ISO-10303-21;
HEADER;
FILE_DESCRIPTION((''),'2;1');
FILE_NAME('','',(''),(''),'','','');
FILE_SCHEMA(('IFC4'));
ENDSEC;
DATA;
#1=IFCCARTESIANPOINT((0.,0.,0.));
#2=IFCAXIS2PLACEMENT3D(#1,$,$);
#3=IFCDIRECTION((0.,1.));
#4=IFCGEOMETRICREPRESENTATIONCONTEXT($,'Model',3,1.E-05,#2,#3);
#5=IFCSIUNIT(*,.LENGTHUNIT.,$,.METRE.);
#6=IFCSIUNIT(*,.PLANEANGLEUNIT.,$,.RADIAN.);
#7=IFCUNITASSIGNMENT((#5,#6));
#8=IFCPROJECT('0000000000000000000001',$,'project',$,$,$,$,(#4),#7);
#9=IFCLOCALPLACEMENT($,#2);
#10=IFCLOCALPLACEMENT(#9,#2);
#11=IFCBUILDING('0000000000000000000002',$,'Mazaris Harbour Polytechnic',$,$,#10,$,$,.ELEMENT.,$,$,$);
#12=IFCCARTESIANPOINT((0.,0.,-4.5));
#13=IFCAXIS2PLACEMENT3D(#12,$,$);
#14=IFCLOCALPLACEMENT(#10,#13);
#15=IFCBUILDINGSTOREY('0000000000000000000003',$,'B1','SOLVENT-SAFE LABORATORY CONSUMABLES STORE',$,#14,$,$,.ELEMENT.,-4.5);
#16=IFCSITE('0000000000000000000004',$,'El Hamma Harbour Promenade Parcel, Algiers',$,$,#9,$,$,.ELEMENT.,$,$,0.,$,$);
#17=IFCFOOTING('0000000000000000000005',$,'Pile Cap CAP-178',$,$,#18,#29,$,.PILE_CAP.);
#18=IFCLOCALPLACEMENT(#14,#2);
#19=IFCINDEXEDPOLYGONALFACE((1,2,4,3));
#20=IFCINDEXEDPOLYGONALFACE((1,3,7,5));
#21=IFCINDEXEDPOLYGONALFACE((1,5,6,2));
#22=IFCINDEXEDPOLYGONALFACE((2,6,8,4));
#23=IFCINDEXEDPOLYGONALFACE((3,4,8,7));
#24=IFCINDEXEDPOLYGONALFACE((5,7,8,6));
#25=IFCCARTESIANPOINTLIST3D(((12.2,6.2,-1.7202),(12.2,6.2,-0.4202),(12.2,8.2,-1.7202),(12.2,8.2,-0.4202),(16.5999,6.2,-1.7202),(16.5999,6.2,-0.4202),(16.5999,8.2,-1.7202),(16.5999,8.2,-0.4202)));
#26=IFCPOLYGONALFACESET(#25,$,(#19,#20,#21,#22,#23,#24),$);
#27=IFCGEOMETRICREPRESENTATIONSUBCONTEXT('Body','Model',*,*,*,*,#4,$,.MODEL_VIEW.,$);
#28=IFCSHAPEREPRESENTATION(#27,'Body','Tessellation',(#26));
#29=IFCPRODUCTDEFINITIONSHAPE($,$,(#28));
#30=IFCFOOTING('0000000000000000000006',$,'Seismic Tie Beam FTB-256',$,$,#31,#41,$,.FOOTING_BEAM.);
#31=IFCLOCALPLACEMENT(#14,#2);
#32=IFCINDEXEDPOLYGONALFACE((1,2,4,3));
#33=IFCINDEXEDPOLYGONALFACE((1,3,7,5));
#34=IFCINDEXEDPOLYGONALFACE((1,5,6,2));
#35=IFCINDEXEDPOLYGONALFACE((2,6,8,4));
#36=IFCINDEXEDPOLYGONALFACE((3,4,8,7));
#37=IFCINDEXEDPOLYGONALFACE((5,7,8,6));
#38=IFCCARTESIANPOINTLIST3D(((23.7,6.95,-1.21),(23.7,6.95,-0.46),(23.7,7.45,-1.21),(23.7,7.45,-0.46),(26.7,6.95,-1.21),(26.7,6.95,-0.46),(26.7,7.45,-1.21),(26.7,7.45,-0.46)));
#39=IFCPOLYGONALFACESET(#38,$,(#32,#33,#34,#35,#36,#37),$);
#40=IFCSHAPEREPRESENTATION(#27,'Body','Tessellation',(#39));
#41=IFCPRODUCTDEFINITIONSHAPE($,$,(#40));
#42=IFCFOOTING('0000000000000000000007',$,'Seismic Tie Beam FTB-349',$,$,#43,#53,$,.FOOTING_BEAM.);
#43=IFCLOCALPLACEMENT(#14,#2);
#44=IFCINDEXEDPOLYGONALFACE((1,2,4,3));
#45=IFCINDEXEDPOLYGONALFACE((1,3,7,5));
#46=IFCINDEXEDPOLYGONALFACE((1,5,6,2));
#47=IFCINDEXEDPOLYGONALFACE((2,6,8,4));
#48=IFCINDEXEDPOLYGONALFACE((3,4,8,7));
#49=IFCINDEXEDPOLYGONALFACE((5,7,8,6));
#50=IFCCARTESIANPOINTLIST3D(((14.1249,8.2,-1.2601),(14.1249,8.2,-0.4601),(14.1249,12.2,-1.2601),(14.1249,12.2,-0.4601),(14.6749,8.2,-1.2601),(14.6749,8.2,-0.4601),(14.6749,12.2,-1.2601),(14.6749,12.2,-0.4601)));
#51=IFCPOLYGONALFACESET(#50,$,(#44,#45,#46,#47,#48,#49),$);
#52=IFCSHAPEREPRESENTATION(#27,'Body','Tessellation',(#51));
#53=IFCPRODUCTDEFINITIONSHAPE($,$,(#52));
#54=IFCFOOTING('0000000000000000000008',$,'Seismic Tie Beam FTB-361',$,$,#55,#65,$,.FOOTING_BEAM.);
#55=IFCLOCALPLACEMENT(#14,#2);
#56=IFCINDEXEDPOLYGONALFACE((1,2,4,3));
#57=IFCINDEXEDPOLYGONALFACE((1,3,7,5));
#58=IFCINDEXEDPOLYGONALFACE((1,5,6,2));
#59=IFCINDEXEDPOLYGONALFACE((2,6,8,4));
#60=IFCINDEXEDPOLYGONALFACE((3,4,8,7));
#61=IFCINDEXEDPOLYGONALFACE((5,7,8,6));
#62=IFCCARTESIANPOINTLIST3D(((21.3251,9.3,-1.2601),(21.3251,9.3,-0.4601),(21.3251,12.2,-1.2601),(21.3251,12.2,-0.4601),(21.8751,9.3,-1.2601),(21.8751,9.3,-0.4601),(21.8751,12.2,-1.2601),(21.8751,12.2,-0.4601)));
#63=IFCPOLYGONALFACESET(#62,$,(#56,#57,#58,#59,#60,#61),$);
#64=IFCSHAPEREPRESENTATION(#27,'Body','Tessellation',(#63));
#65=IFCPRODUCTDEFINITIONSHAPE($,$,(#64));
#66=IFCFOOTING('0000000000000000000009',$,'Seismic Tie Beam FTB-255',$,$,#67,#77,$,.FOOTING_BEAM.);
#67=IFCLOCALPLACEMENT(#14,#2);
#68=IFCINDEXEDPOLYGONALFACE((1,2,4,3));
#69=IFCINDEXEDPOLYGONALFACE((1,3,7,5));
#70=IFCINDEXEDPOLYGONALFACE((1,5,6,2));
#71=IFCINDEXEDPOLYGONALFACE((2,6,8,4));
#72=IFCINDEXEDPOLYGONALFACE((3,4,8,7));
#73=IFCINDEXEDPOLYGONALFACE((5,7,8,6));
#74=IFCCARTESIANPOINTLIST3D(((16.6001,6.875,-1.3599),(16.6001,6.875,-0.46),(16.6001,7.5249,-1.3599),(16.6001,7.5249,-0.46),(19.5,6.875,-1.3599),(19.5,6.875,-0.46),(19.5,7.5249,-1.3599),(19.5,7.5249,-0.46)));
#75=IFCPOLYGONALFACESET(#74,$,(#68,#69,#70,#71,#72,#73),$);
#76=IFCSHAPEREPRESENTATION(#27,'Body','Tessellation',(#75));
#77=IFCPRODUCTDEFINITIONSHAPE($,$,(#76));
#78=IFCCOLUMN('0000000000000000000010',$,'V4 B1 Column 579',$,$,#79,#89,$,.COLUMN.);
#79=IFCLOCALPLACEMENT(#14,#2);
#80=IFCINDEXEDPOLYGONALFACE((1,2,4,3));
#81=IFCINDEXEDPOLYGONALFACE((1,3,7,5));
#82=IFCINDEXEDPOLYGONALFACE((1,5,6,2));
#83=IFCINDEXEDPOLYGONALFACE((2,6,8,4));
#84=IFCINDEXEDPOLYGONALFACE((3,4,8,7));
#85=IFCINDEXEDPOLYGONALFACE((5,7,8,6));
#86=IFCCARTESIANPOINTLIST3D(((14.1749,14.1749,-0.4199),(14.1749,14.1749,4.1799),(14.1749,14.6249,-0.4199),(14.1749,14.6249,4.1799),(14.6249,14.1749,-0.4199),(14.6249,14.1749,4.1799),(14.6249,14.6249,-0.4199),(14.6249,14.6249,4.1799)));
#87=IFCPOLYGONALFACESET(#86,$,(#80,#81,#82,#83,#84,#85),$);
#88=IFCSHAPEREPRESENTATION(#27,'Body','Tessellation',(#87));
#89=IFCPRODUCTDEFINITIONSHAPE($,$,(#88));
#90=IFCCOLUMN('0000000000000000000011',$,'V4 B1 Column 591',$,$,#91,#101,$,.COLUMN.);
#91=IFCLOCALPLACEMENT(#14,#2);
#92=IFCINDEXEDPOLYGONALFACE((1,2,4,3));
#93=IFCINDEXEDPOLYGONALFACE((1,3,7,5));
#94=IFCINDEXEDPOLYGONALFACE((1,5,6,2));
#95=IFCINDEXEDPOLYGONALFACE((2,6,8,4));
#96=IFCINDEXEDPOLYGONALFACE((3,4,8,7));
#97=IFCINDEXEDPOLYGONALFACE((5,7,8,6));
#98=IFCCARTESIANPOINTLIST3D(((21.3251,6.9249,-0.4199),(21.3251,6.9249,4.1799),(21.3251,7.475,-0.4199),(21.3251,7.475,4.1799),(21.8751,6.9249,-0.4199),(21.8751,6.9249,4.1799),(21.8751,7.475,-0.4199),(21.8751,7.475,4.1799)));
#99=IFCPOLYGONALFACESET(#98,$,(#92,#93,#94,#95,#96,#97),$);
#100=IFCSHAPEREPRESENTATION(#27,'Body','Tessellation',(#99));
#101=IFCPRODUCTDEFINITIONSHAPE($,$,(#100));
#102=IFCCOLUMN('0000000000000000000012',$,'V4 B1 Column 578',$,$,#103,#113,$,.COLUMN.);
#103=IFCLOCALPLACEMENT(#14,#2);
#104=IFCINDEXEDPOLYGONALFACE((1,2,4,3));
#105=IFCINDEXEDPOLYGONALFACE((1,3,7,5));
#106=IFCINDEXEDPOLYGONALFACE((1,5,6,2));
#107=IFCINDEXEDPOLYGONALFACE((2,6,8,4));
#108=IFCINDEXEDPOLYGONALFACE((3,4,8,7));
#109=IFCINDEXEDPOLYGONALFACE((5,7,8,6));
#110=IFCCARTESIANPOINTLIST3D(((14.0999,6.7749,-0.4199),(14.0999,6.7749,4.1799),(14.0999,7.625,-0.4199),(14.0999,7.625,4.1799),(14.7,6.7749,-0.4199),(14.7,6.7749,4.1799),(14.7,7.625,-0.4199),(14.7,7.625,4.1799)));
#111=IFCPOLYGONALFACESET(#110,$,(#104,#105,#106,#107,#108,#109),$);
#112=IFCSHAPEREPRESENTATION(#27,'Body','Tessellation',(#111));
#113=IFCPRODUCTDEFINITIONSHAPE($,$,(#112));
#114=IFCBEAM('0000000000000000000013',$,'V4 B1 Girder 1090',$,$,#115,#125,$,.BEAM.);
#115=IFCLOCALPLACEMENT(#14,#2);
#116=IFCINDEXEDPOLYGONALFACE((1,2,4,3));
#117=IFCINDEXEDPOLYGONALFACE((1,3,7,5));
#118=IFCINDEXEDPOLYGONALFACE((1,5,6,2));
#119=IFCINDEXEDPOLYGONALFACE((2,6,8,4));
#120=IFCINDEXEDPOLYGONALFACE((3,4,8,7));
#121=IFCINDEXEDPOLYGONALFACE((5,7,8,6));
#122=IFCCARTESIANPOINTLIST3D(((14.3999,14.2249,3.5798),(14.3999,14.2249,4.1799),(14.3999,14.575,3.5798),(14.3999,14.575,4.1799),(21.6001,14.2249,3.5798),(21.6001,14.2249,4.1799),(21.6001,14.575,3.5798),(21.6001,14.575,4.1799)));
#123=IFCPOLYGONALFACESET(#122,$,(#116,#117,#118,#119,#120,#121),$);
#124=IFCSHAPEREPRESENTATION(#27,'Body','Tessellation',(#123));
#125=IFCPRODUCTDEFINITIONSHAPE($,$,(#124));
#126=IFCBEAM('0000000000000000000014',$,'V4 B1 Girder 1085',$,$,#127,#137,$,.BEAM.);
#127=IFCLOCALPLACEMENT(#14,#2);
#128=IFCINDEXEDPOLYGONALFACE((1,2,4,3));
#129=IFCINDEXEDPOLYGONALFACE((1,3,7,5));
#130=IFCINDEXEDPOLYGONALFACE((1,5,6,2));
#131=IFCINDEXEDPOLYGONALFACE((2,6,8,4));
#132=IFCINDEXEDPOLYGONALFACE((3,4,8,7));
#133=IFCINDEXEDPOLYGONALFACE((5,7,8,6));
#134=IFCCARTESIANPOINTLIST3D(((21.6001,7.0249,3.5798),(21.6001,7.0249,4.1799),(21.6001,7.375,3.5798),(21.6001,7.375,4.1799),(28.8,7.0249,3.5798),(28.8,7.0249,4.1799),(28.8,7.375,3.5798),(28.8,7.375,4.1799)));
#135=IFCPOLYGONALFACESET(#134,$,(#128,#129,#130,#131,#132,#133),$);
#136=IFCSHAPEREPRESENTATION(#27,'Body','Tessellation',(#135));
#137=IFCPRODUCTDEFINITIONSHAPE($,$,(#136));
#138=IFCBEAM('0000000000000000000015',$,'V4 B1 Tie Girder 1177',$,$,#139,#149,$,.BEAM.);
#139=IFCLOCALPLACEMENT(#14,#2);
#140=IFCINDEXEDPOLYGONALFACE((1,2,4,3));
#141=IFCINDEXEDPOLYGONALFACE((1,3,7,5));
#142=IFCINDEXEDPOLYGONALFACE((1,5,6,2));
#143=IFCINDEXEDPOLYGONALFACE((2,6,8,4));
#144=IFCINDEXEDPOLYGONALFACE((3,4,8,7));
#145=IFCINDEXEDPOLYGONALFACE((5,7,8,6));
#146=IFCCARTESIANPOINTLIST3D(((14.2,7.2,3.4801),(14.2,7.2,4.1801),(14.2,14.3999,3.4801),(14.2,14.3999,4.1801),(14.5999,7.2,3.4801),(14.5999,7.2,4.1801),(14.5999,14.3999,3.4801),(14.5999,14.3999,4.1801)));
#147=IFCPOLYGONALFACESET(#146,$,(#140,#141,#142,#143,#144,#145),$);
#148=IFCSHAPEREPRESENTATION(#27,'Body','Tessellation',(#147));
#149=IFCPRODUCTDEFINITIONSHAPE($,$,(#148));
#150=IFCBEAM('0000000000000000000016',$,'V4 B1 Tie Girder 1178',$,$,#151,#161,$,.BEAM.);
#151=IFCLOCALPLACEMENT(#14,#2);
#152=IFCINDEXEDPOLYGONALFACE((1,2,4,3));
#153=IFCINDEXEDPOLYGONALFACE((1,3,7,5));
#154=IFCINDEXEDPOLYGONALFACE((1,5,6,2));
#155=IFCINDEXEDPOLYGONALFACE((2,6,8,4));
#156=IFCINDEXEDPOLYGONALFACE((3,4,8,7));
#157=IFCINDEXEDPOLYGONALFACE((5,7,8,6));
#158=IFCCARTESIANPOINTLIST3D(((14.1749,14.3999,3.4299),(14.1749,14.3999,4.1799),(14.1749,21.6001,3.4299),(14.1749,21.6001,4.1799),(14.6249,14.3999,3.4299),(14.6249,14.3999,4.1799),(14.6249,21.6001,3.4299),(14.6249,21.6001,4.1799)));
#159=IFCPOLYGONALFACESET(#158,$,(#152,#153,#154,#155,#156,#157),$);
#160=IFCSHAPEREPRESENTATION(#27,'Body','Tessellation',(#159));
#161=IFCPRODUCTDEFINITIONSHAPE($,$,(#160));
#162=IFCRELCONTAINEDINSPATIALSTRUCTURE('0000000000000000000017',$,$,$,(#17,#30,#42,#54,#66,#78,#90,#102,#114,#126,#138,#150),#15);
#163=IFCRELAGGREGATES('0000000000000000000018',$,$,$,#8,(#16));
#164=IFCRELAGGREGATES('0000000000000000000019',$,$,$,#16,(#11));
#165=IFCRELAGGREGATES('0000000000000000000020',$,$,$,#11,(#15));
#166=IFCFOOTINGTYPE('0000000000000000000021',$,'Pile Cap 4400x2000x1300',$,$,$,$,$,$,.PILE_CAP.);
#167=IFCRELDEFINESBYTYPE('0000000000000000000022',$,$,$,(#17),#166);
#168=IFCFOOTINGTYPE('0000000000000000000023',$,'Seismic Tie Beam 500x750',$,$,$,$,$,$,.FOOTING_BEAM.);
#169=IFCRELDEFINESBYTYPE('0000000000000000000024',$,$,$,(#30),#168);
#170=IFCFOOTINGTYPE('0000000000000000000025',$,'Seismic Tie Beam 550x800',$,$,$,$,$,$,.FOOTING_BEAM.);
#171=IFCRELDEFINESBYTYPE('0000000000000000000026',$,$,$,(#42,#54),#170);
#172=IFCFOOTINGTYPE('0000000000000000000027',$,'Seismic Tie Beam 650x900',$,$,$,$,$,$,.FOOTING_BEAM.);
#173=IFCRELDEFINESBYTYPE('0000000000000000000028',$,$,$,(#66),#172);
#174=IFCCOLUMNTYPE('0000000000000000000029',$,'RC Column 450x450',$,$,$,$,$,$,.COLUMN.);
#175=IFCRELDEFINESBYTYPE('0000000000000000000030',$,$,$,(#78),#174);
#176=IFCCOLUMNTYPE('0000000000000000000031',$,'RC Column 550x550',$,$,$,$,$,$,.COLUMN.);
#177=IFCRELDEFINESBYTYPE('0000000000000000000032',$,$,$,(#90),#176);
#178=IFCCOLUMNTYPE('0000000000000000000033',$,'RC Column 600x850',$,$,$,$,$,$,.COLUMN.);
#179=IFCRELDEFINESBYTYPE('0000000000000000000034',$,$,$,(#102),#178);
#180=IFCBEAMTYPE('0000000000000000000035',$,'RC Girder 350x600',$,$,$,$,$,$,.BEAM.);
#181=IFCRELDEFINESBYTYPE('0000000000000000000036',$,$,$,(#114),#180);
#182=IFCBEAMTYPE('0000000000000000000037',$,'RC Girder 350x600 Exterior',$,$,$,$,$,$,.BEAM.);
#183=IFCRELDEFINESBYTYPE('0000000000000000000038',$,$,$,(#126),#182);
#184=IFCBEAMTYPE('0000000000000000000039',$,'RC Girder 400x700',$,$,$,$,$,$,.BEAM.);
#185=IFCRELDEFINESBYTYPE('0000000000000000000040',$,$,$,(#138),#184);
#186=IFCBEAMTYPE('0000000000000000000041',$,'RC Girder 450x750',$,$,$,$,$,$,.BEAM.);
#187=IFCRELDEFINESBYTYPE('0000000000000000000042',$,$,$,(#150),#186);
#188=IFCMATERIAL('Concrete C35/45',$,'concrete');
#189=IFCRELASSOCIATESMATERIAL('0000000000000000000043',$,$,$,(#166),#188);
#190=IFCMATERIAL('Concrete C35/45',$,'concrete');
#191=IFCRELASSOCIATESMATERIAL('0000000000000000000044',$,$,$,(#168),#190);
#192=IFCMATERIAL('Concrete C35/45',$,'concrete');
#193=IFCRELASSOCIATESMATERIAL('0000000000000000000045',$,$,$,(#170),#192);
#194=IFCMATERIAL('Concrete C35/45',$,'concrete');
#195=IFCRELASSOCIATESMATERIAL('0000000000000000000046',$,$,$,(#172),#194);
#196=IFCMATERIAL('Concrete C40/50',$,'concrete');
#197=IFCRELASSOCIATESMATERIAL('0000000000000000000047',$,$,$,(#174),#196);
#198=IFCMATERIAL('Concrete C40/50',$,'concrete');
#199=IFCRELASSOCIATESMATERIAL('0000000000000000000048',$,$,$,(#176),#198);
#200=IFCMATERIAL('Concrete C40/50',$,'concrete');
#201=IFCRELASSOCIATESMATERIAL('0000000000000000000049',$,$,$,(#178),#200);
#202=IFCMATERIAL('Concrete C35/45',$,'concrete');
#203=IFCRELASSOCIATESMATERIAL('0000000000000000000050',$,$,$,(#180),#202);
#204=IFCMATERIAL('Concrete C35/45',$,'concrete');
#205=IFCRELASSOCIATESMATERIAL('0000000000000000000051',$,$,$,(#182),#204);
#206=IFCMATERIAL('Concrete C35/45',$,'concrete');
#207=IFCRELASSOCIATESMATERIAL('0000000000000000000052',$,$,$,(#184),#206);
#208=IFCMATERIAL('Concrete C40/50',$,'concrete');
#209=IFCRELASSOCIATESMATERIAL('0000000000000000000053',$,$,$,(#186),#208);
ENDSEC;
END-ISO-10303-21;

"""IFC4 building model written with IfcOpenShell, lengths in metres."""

from ifc_helpers import new_model, si_unit, direction, frame, origin, origin_2d, place, context, subcontext, project, spatial, rectangle, extrude, material, material_profile, profile_set, type_object, element, save


model = new_model("IFC4")

# Units and contexts
model_context = context("Model", 3, precision=1e-05, world=origin(), true_north=direction((0.0, 1.0)))
body_context = subcontext(model_context, "Body", "Model", "MODEL_VIEW")
ifc_project = project(units=[si_unit("LENGTHUNIT", "METRE"), si_unit("PLANEANGLEUNIT", "RADIAN")], contexts=[model_context])

# Site, building, storey
site_placement = place(None, origin())
site = spatial("IfcSite", under=ifc_project, at=site_placement, Name="El Hamma Harbour Promenade Parcel, Algiers", CompositionType="ELEMENT", RefElevation=0.0)
building_placement = place(site_placement, origin())
building = spatial("IfcBuilding", under=site, at=building_placement, Name="Mazaris Harbour Polytechnic", CompositionType="ELEMENT")
storey_placement = place(building_placement, frame((0.0, 0.0, -4.5)))
storey = spatial("IfcBuildingStorey", under=building, at=storey_placement, Name="B1", Description="SOLVENT-SAFE LABORATORY CONSUMABLES STORE", CompositionType="ELEMENT", Elevation=-4.5)

# Footings
ifc_material_1 = material(Name="Concrete C35/45", Category="concrete")
footing_type_1 = type_object("IfcFootingType", Name="Pile Cap 4400x2000x1300", PredefinedType="PILE_CAP", material=ifc_material_1)
footing_1_placement = place(storey_placement, frame((14.3999, 7.2, -1.7202), z_axis=(0.0, 0.0, 1.0), x_axis=(1.0, 0.0, 0.0)))
element("IfcFooting", 1, at=footing_1_placement, inside=storey, type_object=footing_type_1, Name="Pile Cap CAP-178", PredefinedType="PILE_CAP", context=body_context, shape_type="SweptSolid", body=[
    extrude(rectangle(XDim=4.3999, YDim=2.0, at=origin_2d()), origin(), (0.0, 0.0, 1.0), 1.3),
])
ifc_material_2 = material(Name="Concrete C35/45", Category="concrete")
ifc_material_profile_1 = material_profile(ifc_material_2, rectangle(XDim=0.5, YDim=0.75, at=origin_2d()), Name="RECT500x750")
ifc_profile_set_1 = profile_set([ifc_material_profile_1], Name="Concrete C35/45")
footing_type_2 = type_object("IfcFootingType", Name="Seismic Tie Beam 500x750", PredefinedType="FOOTING_BEAM", material=ifc_profile_set_1)
footing_2_placement = place(storey_placement, frame((23.7, 7.2, -0.835), z_axis=(1.0, 0.0, 0.0), x_axis=(0.0, 1.0, 0.0)))
element("IfcFooting", 2, at=footing_2_placement, inside=storey, type_object=footing_type_2, Name="Seismic Tie Beam FTB-256", PredefinedType="FOOTING_BEAM", context=body_context, shape_type="SweptSolid", body=[
    extrude(rectangle(XDim=0.5, YDim=0.75, at=origin_2d()), origin(), (0.0, 0.0, 1.0), 3.0),
])
ifc_material_3 = material(Name="Concrete C35/45", Category="concrete")
ifc_material_profile_2 = material_profile(ifc_material_3, rectangle(XDim=0.55, YDim=0.8, at=origin_2d()), Name="RECT550x800")
ifc_profile_set_2 = profile_set([ifc_material_profile_2], Name="Concrete C35/45")
footing_type_3 = type_object("IfcFootingType", Name="Seismic Tie Beam 550x800", PredefinedType="FOOTING_BEAM", material=ifc_profile_set_2)
footing_3_placement = place(storey_placement, frame((14.3999, 8.2, -0.8601), z_axis=(0.0, 1.0, 0.0), x_axis=(-1.0, 0.0, 0.0)))
element("IfcFooting", 3, at=footing_3_placement, inside=storey, type_object=footing_type_3, Name="Seismic Tie Beam FTB-349", PredefinedType="FOOTING_BEAM", context=body_context, shape_type="SweptSolid", body=[
    extrude(rectangle(XDim=0.55, YDim=0.8, at=origin_2d()), origin(), (0.0, 0.0, 1.0), 4.0),
])
footing_4_placement = place(storey_placement, frame((21.6001, 9.3, -0.8601), z_axis=(0.0, 1.0, 0.0), x_axis=(-1.0, 0.0, 0.0)))
element("IfcFooting", 4, at=footing_4_placement, inside=storey, type_object=footing_type_3, Name="Seismic Tie Beam FTB-361", PredefinedType="FOOTING_BEAM", context=body_context, shape_type="SweptSolid", body=[
    extrude(rectangle(XDim=0.55, YDim=0.8, at=origin_2d()), origin(), (0.0, 0.0, 1.0), 2.8999),
])
ifc_material_4 = material(Name="Concrete C35/45", Category="concrete")
ifc_material_profile_3 = material_profile(ifc_material_4, rectangle(XDim=0.6499, YDim=0.8999, at=origin_2d()), Name="RECT650x900")
ifc_profile_set_3 = profile_set([ifc_material_profile_3], Name="Concrete C35/45")
footing_type_4 = type_object("IfcFootingType", Name="Seismic Tie Beam 650x900", PredefinedType="FOOTING_BEAM", material=ifc_profile_set_3)
footing_5_placement = place(storey_placement, frame((16.6001, 7.2, -0.9099), z_axis=(1.0, 0.0, 0.0), x_axis=(0.0, 1.0, 0.0)))
element("IfcFooting", 5, at=footing_5_placement, inside=storey, type_object=footing_type_4, Name="Seismic Tie Beam FTB-255", PredefinedType="FOOTING_BEAM", context=body_context, shape_type="SweptSolid", body=[
    extrude(rectangle(XDim=0.6499, YDim=0.8999, at=origin_2d()), origin(), (0.0, 0.0, 1.0), 2.8999),
])

# Columns
ifc_material_5 = material(Name="Concrete C40/50", Category="concrete")
ifc_material_profile_4 = material_profile(ifc_material_5, rectangle(XDim=0.45, YDim=0.45, at=origin_2d()), Name="RECT450x450")
ifc_profile_set_4 = profile_set([ifc_material_profile_4], Name="Concrete C40/50")
column_type_1 = type_object("IfcColumnType", Name="RC Column 450x450", PredefinedType="COLUMN", material=ifc_profile_set_4)
column_1_placement = place(storey_placement, frame((14.3999, 14.3999, -0.4199), z_axis=(0.0, 0.0, 1.0), x_axis=(1.0, 0.0, 0.0)))
element("IfcColumn", 6, at=column_1_placement, inside=storey, type_object=column_type_1, Name="V4 B1 Column 579", PredefinedType="COLUMN", context=body_context, shape_type="SweptSolid", body=[
    extrude(rectangle(XDim=0.45, YDim=0.45, at=origin_2d()), origin(), (0.0, 0.0, 1.0), 4.5999),
])
ifc_material_6 = material(Name="Concrete C40/50", Category="concrete")
ifc_material_profile_5 = material_profile(ifc_material_6, rectangle(XDim=0.55, YDim=0.55, at=origin_2d()), Name="RECT550x550")
ifc_profile_set_5 = profile_set([ifc_material_profile_5], Name="Concrete C40/50")
column_type_2 = type_object("IfcColumnType", Name="RC Column 550x550", PredefinedType="COLUMN", material=ifc_profile_set_5)
column_2_placement = place(storey_placement, frame((21.6001, 7.2, -0.4199), z_axis=(0.0, 0.0, 1.0), x_axis=(1.0, 0.0, 0.0)))
element("IfcColumn", 7, at=column_2_placement, inside=storey, type_object=column_type_2, Name="V4 B1 Column 591", PredefinedType="COLUMN", context=body_context, shape_type="SweptSolid", body=[
    extrude(rectangle(XDim=0.55, YDim=0.55, at=origin_2d()), origin(), (0.0, 0.0, 1.0), 4.5999),
])
ifc_material_7 = material(Name="Concrete C40/50", Category="concrete")
ifc_material_profile_6 = material_profile(ifc_material_7, rectangle(XDim=0.6001, YDim=0.8501, at=origin_2d()), Name="RECT600x850")
ifc_profile_set_6 = profile_set([ifc_material_profile_6], Name="Concrete C40/50")
column_type_3 = type_object("IfcColumnType", Name="RC Column 600x850", PredefinedType="COLUMN", material=ifc_profile_set_6)
column_3_placement = place(storey_placement, frame((14.3999, 7.2, -0.4199), z_axis=(0.0, 0.0, 1.0), x_axis=(1.0, 0.0, 0.0)))
element("IfcColumn", 8, at=column_3_placement, inside=storey, type_object=column_type_3, Name="V4 B1 Column 578", PredefinedType="COLUMN", context=body_context, shape_type="SweptSolid", body=[
    extrude(rectangle(XDim=0.6001, YDim=0.8501, at=origin_2d()), origin(), (0.0, 0.0, 1.0), 4.5999),
])

# Beams
ifc_material_8 = material(Name="Concrete C35/45", Category="concrete")
ifc_material_profile_7 = material_profile(ifc_material_8, rectangle(XDim=0.3501, YDim=0.6001, at=origin_2d()), Name="RECT350x600")
ifc_profile_set_7 = profile_set([ifc_material_profile_7], Name="Concrete C35/45")
beam_type_1 = type_object("IfcBeamType", Name="RC Girder 350x600", PredefinedType="BEAM", material=ifc_profile_set_7)
beam_1_placement = place(storey_placement, frame((14.3999, 14.3999, 3.8799), z_axis=(1.0, 0.0, 0.0), x_axis=(0.0, 1.0, 0.0)))
element("IfcBeam", 9, at=beam_1_placement, inside=storey, type_object=beam_type_1, Name="V4 B1 Girder 1090", PredefinedType="BEAM", context=body_context, shape_type="SweptSolid", body=[
    extrude(rectangle(XDim=0.3501, YDim=0.6001, at=origin_2d()), origin(), (0.0, 0.0, 1.0), 7.2002),
])
ifc_material_9 = material(Name="Concrete C35/45", Category="concrete")
ifc_material_profile_8 = material_profile(ifc_material_9, rectangle(XDim=0.3501, YDim=0.6001, at=origin_2d()), Name="RECT350x600")
ifc_profile_set_8 = profile_set([ifc_material_profile_8], Name="Concrete C35/45")
beam_type_2 = type_object("IfcBeamType", Name="RC Girder 350x600 Exterior", PredefinedType="BEAM", material=ifc_profile_set_8)
beam_2_placement = place(storey_placement, frame((21.6001, 7.2, 3.8799), z_axis=(1.0, 0.0, 0.0), x_axis=(0.0, 1.0, 0.0)))
element("IfcBeam", 10, at=beam_2_placement, inside=storey, type_object=beam_type_2, Name="V4 B1 Girder 1085", PredefinedType="BEAM", context=body_context, shape_type="SweptSolid", body=[
    extrude(rectangle(XDim=0.3501, YDim=0.6001, at=origin_2d()), origin(), (0.0, 0.0, 1.0), 7.2),
])
ifc_material_10 = material(Name="Concrete C35/45", Category="concrete")
ifc_material_profile_9 = material_profile(ifc_material_10, rectangle(XDim=0.3999, YDim=0.7, at=origin_2d()), Name="RECT400x700")
ifc_profile_set_9 = profile_set([ifc_material_profile_9], Name="Concrete C35/45")
beam_type_3 = type_object("IfcBeamType", Name="RC Girder 400x700", PredefinedType="BEAM", material=ifc_profile_set_9)
beam_3_placement = place(storey_placement, frame((14.3999, 7.2, 3.8301), z_axis=(0.0, 1.0, 0.0), x_axis=(-1.0, 0.0, 0.0)))
element("IfcBeam", 11, at=beam_3_placement, inside=storey, type_object=beam_type_3, Name="V4 B1 Tie Girder 1177", PredefinedType="BEAM", context=body_context, shape_type="SweptSolid", body=[
    extrude(rectangle(XDim=0.3999, YDim=0.7, at=origin_2d()), origin(), (0.0, 0.0, 1.0), 7.2),
])
ifc_material_11 = material(Name="Concrete C40/50", Category="concrete")
ifc_material_profile_10 = material_profile(ifc_material_11, rectangle(XDim=0.45, YDim=0.75, at=origin_2d()), Name="RECT450x750")
ifc_profile_set_10 = profile_set([ifc_material_profile_10], Name="Concrete C40/50")
beam_type_4 = type_object("IfcBeamType", Name="RC Girder 450x750", PredefinedType="BEAM", material=ifc_profile_set_10)
beam_4_placement = place(storey_placement, frame((14.3999, 14.3999, 3.8049), z_axis=(0.0, 1.0, 0.0), x_axis=(-1.0, 0.0, 0.0)))
element("IfcBeam", 12, at=beam_4_placement, inside=storey, type_object=beam_type_4, Name="V4 B1 Tie Girder 1178", PredefinedType="BEAM", context=body_context, shape_type="SweptSolid", body=[
    extrude(rectangle(XDim=0.45, YDim=0.75, at=origin_2d()), origin(), (0.0, 0.0, 1.0), 7.2002),
])

save(model, "model.ifc")
